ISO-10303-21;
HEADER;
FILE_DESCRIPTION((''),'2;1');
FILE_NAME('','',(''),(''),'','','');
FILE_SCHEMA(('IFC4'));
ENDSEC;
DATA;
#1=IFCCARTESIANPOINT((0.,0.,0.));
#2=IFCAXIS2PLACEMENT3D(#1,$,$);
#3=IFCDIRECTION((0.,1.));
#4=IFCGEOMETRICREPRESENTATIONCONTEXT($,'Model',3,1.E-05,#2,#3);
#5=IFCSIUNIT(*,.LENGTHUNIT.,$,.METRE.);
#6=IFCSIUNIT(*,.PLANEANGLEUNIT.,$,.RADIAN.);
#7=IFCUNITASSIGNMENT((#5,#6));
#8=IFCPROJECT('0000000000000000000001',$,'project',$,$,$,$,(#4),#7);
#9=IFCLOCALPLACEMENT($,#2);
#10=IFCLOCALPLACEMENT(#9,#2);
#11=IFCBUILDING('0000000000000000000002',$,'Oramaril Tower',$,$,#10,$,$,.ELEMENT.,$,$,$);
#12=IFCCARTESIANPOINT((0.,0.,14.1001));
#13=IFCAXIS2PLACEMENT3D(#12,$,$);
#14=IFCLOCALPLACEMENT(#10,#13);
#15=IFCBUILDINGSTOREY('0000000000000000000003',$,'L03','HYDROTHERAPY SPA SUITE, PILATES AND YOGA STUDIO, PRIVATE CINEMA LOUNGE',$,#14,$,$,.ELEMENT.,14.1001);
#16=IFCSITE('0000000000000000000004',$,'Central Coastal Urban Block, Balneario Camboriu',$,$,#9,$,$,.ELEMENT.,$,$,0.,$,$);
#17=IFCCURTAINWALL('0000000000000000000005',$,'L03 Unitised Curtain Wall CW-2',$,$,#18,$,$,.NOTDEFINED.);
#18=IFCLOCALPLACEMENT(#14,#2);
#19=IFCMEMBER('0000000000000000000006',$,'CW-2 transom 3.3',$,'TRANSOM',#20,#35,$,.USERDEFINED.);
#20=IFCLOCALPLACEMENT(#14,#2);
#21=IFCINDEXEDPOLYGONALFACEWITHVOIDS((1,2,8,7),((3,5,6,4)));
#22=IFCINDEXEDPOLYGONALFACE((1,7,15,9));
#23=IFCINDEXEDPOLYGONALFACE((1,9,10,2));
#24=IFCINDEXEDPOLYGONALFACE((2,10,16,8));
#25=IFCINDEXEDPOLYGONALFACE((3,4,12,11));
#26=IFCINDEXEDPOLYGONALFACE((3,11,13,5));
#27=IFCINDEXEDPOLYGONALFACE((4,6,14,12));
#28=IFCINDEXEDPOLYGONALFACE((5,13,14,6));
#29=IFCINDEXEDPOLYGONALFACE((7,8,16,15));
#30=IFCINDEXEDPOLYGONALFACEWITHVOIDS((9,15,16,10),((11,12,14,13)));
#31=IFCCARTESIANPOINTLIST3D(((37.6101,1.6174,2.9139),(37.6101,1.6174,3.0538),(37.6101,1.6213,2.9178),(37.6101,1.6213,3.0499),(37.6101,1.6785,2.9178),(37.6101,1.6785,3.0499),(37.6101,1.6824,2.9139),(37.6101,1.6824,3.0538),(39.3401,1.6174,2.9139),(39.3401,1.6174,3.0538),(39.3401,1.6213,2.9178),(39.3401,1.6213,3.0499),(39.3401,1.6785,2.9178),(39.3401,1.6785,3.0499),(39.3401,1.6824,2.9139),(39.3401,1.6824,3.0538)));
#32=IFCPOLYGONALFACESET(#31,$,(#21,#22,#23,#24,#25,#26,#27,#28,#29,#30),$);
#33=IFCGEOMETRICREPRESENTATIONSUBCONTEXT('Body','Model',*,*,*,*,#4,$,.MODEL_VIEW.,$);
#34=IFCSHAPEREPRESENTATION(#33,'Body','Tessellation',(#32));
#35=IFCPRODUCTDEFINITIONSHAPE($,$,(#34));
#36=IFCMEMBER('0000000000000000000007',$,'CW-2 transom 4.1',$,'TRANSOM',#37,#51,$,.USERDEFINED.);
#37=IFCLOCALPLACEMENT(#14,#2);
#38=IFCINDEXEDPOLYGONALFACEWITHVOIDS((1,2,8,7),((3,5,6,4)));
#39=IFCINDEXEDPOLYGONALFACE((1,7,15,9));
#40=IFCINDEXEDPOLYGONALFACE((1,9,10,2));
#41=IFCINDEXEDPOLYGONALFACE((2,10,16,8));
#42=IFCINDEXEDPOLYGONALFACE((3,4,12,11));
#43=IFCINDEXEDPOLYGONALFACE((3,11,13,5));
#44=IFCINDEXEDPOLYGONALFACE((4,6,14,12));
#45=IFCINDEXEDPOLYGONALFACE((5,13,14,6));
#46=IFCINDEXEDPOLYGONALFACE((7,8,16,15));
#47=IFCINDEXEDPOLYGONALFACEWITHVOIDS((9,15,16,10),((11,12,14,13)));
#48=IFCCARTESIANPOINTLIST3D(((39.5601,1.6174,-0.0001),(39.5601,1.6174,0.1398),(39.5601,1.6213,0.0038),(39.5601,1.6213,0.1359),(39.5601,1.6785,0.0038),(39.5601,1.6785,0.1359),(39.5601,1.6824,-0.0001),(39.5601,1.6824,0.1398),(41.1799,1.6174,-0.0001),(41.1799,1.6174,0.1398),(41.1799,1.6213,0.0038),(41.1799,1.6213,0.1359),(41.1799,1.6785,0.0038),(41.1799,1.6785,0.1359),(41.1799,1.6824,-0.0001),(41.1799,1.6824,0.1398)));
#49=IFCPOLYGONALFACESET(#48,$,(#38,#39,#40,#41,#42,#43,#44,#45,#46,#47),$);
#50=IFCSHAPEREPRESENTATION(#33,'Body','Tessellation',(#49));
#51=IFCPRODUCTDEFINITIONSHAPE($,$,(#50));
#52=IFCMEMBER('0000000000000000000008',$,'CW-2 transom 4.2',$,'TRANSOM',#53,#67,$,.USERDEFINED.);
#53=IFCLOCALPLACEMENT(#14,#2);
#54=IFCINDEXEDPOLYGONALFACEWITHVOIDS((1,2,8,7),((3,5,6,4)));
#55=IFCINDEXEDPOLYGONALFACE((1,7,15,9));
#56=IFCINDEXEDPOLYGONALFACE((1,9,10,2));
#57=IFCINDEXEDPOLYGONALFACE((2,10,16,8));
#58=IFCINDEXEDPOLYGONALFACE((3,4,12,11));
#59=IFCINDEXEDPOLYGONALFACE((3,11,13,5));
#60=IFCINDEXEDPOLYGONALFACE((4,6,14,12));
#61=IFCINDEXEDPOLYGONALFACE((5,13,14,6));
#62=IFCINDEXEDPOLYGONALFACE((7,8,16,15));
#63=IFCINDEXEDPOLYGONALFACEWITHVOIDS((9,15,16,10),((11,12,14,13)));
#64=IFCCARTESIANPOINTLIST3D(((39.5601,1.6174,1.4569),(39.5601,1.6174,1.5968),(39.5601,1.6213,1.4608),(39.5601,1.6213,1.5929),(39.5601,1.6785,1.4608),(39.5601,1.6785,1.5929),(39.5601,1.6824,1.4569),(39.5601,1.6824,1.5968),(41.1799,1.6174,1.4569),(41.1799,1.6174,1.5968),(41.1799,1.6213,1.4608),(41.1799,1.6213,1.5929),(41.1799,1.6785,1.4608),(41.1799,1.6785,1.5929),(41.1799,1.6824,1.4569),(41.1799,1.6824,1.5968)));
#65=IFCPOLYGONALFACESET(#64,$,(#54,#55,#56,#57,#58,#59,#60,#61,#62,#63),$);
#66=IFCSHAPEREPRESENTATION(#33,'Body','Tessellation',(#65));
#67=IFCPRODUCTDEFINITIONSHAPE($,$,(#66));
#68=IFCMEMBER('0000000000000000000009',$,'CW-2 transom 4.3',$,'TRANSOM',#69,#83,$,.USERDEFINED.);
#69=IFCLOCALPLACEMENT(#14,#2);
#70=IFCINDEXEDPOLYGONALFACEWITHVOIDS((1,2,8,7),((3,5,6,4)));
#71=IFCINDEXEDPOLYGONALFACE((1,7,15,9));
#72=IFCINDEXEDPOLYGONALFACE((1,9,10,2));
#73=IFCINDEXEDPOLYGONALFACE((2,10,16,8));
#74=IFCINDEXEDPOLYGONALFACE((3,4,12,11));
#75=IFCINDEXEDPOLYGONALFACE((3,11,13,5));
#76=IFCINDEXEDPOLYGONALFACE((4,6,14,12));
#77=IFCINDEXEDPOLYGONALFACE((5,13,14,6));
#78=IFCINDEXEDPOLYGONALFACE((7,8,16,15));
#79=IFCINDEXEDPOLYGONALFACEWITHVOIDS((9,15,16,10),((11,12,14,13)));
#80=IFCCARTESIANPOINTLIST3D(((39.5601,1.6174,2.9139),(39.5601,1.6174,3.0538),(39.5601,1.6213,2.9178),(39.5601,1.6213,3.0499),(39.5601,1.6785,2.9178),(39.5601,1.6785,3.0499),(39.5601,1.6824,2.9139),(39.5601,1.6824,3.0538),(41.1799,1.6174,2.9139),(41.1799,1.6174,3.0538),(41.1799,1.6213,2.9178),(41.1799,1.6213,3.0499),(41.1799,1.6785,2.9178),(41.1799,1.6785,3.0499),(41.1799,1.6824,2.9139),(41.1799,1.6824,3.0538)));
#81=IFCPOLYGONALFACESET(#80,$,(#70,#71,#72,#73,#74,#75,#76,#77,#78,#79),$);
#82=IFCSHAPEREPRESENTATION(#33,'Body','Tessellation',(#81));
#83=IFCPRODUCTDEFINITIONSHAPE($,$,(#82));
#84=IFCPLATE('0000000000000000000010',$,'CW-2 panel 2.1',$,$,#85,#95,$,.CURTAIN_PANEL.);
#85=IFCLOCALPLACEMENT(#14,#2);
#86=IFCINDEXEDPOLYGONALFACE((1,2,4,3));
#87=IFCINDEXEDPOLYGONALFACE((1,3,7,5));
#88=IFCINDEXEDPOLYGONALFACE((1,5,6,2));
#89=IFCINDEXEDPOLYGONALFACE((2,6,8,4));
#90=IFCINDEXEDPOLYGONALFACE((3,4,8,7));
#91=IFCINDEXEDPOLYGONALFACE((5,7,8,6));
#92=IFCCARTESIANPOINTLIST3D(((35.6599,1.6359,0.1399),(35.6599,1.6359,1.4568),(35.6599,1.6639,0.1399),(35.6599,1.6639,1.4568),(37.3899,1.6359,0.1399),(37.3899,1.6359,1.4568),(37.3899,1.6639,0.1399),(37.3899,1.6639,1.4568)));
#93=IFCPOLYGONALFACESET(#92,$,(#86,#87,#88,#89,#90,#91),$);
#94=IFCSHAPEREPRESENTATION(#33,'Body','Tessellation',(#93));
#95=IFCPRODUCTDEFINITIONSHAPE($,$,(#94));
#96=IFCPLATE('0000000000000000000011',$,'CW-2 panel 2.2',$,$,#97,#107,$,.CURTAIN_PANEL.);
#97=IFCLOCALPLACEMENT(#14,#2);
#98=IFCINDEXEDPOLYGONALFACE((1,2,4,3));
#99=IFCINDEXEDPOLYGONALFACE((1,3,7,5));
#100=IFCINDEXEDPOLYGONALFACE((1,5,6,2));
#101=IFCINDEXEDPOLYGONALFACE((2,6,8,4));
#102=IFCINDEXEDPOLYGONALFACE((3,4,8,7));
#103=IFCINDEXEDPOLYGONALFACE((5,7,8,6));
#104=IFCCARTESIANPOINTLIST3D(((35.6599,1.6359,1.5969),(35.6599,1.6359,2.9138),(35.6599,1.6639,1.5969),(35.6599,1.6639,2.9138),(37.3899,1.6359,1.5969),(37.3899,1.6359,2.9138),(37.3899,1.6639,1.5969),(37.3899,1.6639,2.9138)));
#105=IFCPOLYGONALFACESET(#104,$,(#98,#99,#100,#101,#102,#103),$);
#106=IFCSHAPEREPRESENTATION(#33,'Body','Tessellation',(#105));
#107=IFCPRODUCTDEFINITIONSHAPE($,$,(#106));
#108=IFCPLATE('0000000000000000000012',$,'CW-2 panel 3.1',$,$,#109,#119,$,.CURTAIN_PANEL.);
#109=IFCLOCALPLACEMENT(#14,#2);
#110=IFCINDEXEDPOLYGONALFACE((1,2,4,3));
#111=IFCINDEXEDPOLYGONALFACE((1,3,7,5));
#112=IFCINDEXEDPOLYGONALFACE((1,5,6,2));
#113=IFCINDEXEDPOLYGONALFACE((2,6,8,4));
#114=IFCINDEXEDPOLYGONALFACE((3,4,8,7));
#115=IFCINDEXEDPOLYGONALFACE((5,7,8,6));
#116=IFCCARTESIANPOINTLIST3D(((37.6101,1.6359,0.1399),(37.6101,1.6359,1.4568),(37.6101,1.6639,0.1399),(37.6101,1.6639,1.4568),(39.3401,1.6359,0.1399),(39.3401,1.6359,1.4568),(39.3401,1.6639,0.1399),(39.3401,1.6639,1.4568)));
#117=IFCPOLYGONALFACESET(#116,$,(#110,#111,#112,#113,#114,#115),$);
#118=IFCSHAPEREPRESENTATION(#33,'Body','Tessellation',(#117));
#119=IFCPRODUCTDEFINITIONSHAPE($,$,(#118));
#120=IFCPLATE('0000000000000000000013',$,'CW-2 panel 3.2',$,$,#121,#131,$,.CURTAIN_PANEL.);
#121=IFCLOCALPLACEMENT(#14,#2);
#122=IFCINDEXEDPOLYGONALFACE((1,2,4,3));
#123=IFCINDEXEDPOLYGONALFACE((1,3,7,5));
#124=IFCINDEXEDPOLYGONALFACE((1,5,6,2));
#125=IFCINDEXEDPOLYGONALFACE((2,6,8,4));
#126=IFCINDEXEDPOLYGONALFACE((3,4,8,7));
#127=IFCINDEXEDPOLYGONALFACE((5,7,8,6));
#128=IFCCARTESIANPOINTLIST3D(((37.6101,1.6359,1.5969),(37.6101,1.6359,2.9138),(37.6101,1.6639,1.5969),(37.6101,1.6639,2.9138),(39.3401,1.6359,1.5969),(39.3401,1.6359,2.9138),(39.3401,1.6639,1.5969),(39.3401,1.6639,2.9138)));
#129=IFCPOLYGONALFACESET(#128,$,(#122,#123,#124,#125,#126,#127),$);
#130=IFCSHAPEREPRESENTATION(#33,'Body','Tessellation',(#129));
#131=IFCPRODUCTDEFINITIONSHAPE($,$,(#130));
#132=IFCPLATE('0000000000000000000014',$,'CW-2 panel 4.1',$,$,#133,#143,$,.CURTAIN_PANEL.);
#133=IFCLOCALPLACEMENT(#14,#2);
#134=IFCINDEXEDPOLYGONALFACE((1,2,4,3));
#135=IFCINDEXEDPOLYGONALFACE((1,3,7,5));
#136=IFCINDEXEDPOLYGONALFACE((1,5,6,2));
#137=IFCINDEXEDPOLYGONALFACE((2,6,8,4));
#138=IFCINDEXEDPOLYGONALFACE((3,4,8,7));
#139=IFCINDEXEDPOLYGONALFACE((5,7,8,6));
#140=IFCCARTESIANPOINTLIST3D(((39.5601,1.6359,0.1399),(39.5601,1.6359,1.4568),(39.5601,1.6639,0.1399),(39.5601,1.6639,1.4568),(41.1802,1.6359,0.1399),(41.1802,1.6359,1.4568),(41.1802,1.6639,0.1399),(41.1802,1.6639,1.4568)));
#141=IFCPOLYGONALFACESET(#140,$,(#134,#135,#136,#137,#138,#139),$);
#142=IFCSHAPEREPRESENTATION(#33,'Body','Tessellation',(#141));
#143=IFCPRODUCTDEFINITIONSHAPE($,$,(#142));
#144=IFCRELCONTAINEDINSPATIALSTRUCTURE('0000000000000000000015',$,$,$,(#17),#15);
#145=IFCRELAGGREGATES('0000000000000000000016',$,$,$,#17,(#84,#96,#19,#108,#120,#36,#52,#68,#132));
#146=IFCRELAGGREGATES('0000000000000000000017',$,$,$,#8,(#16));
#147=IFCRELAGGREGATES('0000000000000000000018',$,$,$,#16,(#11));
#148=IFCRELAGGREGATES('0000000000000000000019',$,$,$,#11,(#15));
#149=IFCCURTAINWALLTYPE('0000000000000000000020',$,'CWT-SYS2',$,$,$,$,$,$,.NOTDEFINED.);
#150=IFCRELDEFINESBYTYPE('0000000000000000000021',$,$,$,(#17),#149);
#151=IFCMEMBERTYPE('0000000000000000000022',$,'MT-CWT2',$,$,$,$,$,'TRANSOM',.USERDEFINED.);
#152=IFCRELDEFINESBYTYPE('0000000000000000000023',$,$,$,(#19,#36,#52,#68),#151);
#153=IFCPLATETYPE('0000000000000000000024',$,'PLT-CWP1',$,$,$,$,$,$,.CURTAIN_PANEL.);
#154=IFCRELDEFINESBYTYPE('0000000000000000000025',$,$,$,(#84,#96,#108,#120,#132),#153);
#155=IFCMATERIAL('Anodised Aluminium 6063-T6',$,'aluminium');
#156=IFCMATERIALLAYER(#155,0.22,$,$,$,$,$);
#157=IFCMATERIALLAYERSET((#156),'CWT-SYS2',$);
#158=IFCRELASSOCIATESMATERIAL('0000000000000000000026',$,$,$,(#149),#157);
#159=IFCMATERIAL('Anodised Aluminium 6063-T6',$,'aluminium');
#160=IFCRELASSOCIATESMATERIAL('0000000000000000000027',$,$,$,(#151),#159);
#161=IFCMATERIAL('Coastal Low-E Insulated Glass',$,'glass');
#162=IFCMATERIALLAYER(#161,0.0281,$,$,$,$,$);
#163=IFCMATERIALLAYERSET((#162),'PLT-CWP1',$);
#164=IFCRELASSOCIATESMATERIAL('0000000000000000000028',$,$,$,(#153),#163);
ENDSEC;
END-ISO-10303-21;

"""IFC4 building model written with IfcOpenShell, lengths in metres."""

from ifc_helpers import new_model, si_unit, direction, frame, origin, origin_2d, place, context, subcontext, project, spatial, rectangle, hollow_rectangle, extrude, material, layer, layer_set, material_profile, profile_set, type_object, element, aggregate, save


model = new_model("IFC4")

# Units and contexts
model_context = context("Model", 3, precision=1e-05, world=origin(), true_north=direction((0.0, 1.0)))
body_context = subcontext(model_context, "Body", "Model", "MODEL_VIEW")
ifc_project = project(units=[si_unit("LENGTHUNIT", "METRE"), si_unit("PLANEANGLEUNIT", "RADIAN")], contexts=[model_context])

# Site, building, storey
site_placement = place(None, origin())
site = spatial("IfcSite", under=ifc_project, at=site_placement, Name="Central Coastal Urban Block, Balneario Camboriu", CompositionType="ELEMENT", RefElevation=0.0)
building_placement = place(site_placement, origin())
building = spatial("IfcBuilding", under=site, at=building_placement, Name="Oramaril Tower", CompositionType="ELEMENT")
storey_placement = place(building_placement, frame((0.0, 0.0, 14.1001)))
storey = spatial("IfcBuildingStorey", under=building, at=storey_placement, Name="L03", Description="HYDROTHERAPY SPA SUITE, PILATES AND YOGA STUDIO, PRIVATE CINEMA LOUNGE", CompositionType="ELEMENT", Elevation=14.1001)

# Curtain wall, members, plates
ifc_material_1 = material(Name="Anodised Aluminium 6063-T6", Category="aluminium")
ifc_layer_1 = layer(ifc_material_1, 0.22)
ifc_layer_set_1 = layer_set([ifc_layer_1], Name="CWT-SYS2")
curtain_wall_type = type_object("IfcCurtainWallType", Name="CWT-SYS2", PredefinedType="NOTDEFINED", material=ifc_layer_set_1)
curtain_wall_placement = place(storey_placement, origin())
curtain_wall = element("IfcCurtainWall", 1, at=curtain_wall_placement, inside=storey, type_object=curtain_wall_type, Name="L03 Unitised Curtain Wall CW-2", PredefinedType="NOTDEFINED")
ifc_material_2 = material(Name="Anodised Aluminium 6063-T6", Category="aluminium")
ifc_material_profile_1 = material_profile(ifc_material_2, hollow_rectangle(XDim=0.0649, YDim=0.1399, WallThickness=0.0039, at=origin_2d()), Name="CWT140X65")
ifc_profile_set_1 = profile_set([ifc_material_profile_1], Name="Anodised Aluminium 6063-T6")
member_type_1 = type_object("IfcMemberType", Name="MT-CWT2", ElementType="TRANSOM", PredefinedType="USERDEFINED", material=ifc_profile_set_1)
member_1_placement = place(storey_placement, frame((37.6101, 1.6499, 2.9839), z_axis=(1.0, 0.0, 0.0), x_axis=(0.0, 1.0, 0.0)))
member_1 = element("IfcMember", 2, at=member_1_placement, type_object=member_type_1, Name="CW-2 transom 3.3", ObjectType="TRANSOM", PredefinedType="USERDEFINED", context=body_context, shape_type="SweptSolid", body=[
    extrude(hollow_rectangle(XDim=0.0649, YDim=0.1399, WallThickness=0.0039, at=origin_2d()), origin(), (0.0, 0.0, 1.0), 1.73),
])
member_2_placement = place(storey_placement, frame((39.5601, 1.6499, 0.0698), z_axis=(1.0, 0.0, 0.0), x_axis=(0.0, 1.0, 0.0)))
member_2 = element("IfcMember", 3, at=member_2_placement, type_object=member_type_1, Name="CW-2 transom 4.1", ObjectType="TRANSOM", PredefinedType="USERDEFINED", context=body_context, shape_type="SweptSolid", body=[
    extrude(hollow_rectangle(XDim=0.0649, YDim=0.1399, WallThickness=0.0039, at=origin_2d()), origin(), (0.0, 0.0, 1.0), 1.6199),
])
member_3_placement = place(storey_placement, frame((39.5601, 1.6499, 1.5269), z_axis=(1.0, 0.0, 0.0), x_axis=(0.0, 1.0, 0.0)))
member_3 = element("IfcMember", 4, at=member_3_placement, type_object=member_type_1, Name="CW-2 transom 4.2", ObjectType="TRANSOM", PredefinedType="USERDEFINED", context=body_context, shape_type="SweptSolid", body=[
    extrude(hollow_rectangle(XDim=0.0649, YDim=0.1399, WallThickness=0.0039, at=origin_2d()), origin(), (0.0, 0.0, 1.0), 1.6199),
])
member_4_placement = place(storey_placement, frame((39.5601, 1.6499, 2.9839), z_axis=(1.0, 0.0, 0.0), x_axis=(0.0, 1.0, 0.0)))
member_4 = element("IfcMember", 5, at=member_4_placement, type_object=member_type_1, Name="CW-2 transom 4.3", ObjectType="TRANSOM", PredefinedType="USERDEFINED", context=body_context, shape_type="SweptSolid", body=[
    extrude(hollow_rectangle(XDim=0.0649, YDim=0.1399, WallThickness=0.0039, at=origin_2d()), origin(), (0.0, 0.0, 1.0), 1.6199),
])
ifc_material_3 = material(Name="Coastal Low-E Insulated Glass", Category="glass")
ifc_layer_2 = layer(ifc_material_3, 0.0281)
ifc_layer_set_2 = layer_set([ifc_layer_2], Name="PLT-CWP1")
plate_type = type_object("IfcPlateType", Name="PLT-CWP1", PredefinedType="CURTAIN_PANEL", material=ifc_layer_set_2)
plate_1_placement = place(storey_placement, frame((36.5249, 1.6499, 0.1399), z_axis=(0.0, 0.0, 1.0), x_axis=(1.0, 0.0, 0.0)))
plate_1 = element("IfcPlate", 6, at=plate_1_placement, type_object=plate_type, Name="CW-2 panel 2.1", PredefinedType="CURTAIN_PANEL", context=body_context, shape_type="SweptSolid", body=[
    extrude(rectangle(XDim=1.73, YDim=0.0281, at=origin_2d()), origin(), (0.0, 0.0, 1.0), 1.3169),
])
plate_2_placement = place(storey_placement, frame((36.5249, 1.6499, 1.5969), z_axis=(0.0, 0.0, 1.0), x_axis=(1.0, 0.0, 0.0)))
plate_2 = element("IfcPlate", 7, at=plate_2_placement, type_object=plate_type, Name="CW-2 panel 2.2", PredefinedType="CURTAIN_PANEL", context=body_context, shape_type="SweptSolid", body=[
    extrude(rectangle(XDim=1.73, YDim=0.0281, at=origin_2d()), origin(), (0.0, 0.0, 1.0), 1.3169),
])
plate_3_placement = place(storey_placement, frame((38.4751, 1.6499, 0.1399), z_axis=(0.0, 0.0, 1.0), x_axis=(1.0, 0.0, 0.0)))
plate_3 = element("IfcPlate", 8, at=plate_3_placement, type_object=plate_type, Name="CW-2 panel 3.1", PredefinedType="CURTAIN_PANEL", context=body_context, shape_type="SweptSolid", body=[
    extrude(rectangle(XDim=1.73, YDim=0.0281, at=origin_2d()), origin(), (0.0, 0.0, 1.0), 1.3169),
])
plate_4_placement = place(storey_placement, frame((38.4751, 1.6499, 1.5969), z_axis=(0.0, 0.0, 1.0), x_axis=(1.0, 0.0, 0.0)))
plate_4 = element("IfcPlate", 9, at=plate_4_placement, type_object=plate_type, Name="CW-2 panel 3.2", PredefinedType="CURTAIN_PANEL", context=body_context, shape_type="SweptSolid", body=[
    extrude(rectangle(XDim=1.73, YDim=0.0281, at=origin_2d()), origin(), (0.0, 0.0, 1.0), 1.3169),
])
plate_5_placement = place(storey_placement, frame((40.3701, 1.6499, 0.1399), z_axis=(0.0, 0.0, 1.0), x_axis=(1.0, 0.0, 0.0)))
plate_5 = element("IfcPlate", 10, at=plate_5_placement, type_object=plate_type, Name="CW-2 panel 4.1", PredefinedType="CURTAIN_PANEL", context=body_context, shape_type="SweptSolid", body=[
    extrude(rectangle(XDim=1.6201, YDim=0.0281, at=origin_2d()), origin(), (0.0, 0.0, 1.0), 1.3169),
])
aggregate(curtain_wall, [plate_1, plate_2, member_1, plate_3, plate_4, member_2, member_3, member_4, plate_5])

save(model, "model.ifc")
